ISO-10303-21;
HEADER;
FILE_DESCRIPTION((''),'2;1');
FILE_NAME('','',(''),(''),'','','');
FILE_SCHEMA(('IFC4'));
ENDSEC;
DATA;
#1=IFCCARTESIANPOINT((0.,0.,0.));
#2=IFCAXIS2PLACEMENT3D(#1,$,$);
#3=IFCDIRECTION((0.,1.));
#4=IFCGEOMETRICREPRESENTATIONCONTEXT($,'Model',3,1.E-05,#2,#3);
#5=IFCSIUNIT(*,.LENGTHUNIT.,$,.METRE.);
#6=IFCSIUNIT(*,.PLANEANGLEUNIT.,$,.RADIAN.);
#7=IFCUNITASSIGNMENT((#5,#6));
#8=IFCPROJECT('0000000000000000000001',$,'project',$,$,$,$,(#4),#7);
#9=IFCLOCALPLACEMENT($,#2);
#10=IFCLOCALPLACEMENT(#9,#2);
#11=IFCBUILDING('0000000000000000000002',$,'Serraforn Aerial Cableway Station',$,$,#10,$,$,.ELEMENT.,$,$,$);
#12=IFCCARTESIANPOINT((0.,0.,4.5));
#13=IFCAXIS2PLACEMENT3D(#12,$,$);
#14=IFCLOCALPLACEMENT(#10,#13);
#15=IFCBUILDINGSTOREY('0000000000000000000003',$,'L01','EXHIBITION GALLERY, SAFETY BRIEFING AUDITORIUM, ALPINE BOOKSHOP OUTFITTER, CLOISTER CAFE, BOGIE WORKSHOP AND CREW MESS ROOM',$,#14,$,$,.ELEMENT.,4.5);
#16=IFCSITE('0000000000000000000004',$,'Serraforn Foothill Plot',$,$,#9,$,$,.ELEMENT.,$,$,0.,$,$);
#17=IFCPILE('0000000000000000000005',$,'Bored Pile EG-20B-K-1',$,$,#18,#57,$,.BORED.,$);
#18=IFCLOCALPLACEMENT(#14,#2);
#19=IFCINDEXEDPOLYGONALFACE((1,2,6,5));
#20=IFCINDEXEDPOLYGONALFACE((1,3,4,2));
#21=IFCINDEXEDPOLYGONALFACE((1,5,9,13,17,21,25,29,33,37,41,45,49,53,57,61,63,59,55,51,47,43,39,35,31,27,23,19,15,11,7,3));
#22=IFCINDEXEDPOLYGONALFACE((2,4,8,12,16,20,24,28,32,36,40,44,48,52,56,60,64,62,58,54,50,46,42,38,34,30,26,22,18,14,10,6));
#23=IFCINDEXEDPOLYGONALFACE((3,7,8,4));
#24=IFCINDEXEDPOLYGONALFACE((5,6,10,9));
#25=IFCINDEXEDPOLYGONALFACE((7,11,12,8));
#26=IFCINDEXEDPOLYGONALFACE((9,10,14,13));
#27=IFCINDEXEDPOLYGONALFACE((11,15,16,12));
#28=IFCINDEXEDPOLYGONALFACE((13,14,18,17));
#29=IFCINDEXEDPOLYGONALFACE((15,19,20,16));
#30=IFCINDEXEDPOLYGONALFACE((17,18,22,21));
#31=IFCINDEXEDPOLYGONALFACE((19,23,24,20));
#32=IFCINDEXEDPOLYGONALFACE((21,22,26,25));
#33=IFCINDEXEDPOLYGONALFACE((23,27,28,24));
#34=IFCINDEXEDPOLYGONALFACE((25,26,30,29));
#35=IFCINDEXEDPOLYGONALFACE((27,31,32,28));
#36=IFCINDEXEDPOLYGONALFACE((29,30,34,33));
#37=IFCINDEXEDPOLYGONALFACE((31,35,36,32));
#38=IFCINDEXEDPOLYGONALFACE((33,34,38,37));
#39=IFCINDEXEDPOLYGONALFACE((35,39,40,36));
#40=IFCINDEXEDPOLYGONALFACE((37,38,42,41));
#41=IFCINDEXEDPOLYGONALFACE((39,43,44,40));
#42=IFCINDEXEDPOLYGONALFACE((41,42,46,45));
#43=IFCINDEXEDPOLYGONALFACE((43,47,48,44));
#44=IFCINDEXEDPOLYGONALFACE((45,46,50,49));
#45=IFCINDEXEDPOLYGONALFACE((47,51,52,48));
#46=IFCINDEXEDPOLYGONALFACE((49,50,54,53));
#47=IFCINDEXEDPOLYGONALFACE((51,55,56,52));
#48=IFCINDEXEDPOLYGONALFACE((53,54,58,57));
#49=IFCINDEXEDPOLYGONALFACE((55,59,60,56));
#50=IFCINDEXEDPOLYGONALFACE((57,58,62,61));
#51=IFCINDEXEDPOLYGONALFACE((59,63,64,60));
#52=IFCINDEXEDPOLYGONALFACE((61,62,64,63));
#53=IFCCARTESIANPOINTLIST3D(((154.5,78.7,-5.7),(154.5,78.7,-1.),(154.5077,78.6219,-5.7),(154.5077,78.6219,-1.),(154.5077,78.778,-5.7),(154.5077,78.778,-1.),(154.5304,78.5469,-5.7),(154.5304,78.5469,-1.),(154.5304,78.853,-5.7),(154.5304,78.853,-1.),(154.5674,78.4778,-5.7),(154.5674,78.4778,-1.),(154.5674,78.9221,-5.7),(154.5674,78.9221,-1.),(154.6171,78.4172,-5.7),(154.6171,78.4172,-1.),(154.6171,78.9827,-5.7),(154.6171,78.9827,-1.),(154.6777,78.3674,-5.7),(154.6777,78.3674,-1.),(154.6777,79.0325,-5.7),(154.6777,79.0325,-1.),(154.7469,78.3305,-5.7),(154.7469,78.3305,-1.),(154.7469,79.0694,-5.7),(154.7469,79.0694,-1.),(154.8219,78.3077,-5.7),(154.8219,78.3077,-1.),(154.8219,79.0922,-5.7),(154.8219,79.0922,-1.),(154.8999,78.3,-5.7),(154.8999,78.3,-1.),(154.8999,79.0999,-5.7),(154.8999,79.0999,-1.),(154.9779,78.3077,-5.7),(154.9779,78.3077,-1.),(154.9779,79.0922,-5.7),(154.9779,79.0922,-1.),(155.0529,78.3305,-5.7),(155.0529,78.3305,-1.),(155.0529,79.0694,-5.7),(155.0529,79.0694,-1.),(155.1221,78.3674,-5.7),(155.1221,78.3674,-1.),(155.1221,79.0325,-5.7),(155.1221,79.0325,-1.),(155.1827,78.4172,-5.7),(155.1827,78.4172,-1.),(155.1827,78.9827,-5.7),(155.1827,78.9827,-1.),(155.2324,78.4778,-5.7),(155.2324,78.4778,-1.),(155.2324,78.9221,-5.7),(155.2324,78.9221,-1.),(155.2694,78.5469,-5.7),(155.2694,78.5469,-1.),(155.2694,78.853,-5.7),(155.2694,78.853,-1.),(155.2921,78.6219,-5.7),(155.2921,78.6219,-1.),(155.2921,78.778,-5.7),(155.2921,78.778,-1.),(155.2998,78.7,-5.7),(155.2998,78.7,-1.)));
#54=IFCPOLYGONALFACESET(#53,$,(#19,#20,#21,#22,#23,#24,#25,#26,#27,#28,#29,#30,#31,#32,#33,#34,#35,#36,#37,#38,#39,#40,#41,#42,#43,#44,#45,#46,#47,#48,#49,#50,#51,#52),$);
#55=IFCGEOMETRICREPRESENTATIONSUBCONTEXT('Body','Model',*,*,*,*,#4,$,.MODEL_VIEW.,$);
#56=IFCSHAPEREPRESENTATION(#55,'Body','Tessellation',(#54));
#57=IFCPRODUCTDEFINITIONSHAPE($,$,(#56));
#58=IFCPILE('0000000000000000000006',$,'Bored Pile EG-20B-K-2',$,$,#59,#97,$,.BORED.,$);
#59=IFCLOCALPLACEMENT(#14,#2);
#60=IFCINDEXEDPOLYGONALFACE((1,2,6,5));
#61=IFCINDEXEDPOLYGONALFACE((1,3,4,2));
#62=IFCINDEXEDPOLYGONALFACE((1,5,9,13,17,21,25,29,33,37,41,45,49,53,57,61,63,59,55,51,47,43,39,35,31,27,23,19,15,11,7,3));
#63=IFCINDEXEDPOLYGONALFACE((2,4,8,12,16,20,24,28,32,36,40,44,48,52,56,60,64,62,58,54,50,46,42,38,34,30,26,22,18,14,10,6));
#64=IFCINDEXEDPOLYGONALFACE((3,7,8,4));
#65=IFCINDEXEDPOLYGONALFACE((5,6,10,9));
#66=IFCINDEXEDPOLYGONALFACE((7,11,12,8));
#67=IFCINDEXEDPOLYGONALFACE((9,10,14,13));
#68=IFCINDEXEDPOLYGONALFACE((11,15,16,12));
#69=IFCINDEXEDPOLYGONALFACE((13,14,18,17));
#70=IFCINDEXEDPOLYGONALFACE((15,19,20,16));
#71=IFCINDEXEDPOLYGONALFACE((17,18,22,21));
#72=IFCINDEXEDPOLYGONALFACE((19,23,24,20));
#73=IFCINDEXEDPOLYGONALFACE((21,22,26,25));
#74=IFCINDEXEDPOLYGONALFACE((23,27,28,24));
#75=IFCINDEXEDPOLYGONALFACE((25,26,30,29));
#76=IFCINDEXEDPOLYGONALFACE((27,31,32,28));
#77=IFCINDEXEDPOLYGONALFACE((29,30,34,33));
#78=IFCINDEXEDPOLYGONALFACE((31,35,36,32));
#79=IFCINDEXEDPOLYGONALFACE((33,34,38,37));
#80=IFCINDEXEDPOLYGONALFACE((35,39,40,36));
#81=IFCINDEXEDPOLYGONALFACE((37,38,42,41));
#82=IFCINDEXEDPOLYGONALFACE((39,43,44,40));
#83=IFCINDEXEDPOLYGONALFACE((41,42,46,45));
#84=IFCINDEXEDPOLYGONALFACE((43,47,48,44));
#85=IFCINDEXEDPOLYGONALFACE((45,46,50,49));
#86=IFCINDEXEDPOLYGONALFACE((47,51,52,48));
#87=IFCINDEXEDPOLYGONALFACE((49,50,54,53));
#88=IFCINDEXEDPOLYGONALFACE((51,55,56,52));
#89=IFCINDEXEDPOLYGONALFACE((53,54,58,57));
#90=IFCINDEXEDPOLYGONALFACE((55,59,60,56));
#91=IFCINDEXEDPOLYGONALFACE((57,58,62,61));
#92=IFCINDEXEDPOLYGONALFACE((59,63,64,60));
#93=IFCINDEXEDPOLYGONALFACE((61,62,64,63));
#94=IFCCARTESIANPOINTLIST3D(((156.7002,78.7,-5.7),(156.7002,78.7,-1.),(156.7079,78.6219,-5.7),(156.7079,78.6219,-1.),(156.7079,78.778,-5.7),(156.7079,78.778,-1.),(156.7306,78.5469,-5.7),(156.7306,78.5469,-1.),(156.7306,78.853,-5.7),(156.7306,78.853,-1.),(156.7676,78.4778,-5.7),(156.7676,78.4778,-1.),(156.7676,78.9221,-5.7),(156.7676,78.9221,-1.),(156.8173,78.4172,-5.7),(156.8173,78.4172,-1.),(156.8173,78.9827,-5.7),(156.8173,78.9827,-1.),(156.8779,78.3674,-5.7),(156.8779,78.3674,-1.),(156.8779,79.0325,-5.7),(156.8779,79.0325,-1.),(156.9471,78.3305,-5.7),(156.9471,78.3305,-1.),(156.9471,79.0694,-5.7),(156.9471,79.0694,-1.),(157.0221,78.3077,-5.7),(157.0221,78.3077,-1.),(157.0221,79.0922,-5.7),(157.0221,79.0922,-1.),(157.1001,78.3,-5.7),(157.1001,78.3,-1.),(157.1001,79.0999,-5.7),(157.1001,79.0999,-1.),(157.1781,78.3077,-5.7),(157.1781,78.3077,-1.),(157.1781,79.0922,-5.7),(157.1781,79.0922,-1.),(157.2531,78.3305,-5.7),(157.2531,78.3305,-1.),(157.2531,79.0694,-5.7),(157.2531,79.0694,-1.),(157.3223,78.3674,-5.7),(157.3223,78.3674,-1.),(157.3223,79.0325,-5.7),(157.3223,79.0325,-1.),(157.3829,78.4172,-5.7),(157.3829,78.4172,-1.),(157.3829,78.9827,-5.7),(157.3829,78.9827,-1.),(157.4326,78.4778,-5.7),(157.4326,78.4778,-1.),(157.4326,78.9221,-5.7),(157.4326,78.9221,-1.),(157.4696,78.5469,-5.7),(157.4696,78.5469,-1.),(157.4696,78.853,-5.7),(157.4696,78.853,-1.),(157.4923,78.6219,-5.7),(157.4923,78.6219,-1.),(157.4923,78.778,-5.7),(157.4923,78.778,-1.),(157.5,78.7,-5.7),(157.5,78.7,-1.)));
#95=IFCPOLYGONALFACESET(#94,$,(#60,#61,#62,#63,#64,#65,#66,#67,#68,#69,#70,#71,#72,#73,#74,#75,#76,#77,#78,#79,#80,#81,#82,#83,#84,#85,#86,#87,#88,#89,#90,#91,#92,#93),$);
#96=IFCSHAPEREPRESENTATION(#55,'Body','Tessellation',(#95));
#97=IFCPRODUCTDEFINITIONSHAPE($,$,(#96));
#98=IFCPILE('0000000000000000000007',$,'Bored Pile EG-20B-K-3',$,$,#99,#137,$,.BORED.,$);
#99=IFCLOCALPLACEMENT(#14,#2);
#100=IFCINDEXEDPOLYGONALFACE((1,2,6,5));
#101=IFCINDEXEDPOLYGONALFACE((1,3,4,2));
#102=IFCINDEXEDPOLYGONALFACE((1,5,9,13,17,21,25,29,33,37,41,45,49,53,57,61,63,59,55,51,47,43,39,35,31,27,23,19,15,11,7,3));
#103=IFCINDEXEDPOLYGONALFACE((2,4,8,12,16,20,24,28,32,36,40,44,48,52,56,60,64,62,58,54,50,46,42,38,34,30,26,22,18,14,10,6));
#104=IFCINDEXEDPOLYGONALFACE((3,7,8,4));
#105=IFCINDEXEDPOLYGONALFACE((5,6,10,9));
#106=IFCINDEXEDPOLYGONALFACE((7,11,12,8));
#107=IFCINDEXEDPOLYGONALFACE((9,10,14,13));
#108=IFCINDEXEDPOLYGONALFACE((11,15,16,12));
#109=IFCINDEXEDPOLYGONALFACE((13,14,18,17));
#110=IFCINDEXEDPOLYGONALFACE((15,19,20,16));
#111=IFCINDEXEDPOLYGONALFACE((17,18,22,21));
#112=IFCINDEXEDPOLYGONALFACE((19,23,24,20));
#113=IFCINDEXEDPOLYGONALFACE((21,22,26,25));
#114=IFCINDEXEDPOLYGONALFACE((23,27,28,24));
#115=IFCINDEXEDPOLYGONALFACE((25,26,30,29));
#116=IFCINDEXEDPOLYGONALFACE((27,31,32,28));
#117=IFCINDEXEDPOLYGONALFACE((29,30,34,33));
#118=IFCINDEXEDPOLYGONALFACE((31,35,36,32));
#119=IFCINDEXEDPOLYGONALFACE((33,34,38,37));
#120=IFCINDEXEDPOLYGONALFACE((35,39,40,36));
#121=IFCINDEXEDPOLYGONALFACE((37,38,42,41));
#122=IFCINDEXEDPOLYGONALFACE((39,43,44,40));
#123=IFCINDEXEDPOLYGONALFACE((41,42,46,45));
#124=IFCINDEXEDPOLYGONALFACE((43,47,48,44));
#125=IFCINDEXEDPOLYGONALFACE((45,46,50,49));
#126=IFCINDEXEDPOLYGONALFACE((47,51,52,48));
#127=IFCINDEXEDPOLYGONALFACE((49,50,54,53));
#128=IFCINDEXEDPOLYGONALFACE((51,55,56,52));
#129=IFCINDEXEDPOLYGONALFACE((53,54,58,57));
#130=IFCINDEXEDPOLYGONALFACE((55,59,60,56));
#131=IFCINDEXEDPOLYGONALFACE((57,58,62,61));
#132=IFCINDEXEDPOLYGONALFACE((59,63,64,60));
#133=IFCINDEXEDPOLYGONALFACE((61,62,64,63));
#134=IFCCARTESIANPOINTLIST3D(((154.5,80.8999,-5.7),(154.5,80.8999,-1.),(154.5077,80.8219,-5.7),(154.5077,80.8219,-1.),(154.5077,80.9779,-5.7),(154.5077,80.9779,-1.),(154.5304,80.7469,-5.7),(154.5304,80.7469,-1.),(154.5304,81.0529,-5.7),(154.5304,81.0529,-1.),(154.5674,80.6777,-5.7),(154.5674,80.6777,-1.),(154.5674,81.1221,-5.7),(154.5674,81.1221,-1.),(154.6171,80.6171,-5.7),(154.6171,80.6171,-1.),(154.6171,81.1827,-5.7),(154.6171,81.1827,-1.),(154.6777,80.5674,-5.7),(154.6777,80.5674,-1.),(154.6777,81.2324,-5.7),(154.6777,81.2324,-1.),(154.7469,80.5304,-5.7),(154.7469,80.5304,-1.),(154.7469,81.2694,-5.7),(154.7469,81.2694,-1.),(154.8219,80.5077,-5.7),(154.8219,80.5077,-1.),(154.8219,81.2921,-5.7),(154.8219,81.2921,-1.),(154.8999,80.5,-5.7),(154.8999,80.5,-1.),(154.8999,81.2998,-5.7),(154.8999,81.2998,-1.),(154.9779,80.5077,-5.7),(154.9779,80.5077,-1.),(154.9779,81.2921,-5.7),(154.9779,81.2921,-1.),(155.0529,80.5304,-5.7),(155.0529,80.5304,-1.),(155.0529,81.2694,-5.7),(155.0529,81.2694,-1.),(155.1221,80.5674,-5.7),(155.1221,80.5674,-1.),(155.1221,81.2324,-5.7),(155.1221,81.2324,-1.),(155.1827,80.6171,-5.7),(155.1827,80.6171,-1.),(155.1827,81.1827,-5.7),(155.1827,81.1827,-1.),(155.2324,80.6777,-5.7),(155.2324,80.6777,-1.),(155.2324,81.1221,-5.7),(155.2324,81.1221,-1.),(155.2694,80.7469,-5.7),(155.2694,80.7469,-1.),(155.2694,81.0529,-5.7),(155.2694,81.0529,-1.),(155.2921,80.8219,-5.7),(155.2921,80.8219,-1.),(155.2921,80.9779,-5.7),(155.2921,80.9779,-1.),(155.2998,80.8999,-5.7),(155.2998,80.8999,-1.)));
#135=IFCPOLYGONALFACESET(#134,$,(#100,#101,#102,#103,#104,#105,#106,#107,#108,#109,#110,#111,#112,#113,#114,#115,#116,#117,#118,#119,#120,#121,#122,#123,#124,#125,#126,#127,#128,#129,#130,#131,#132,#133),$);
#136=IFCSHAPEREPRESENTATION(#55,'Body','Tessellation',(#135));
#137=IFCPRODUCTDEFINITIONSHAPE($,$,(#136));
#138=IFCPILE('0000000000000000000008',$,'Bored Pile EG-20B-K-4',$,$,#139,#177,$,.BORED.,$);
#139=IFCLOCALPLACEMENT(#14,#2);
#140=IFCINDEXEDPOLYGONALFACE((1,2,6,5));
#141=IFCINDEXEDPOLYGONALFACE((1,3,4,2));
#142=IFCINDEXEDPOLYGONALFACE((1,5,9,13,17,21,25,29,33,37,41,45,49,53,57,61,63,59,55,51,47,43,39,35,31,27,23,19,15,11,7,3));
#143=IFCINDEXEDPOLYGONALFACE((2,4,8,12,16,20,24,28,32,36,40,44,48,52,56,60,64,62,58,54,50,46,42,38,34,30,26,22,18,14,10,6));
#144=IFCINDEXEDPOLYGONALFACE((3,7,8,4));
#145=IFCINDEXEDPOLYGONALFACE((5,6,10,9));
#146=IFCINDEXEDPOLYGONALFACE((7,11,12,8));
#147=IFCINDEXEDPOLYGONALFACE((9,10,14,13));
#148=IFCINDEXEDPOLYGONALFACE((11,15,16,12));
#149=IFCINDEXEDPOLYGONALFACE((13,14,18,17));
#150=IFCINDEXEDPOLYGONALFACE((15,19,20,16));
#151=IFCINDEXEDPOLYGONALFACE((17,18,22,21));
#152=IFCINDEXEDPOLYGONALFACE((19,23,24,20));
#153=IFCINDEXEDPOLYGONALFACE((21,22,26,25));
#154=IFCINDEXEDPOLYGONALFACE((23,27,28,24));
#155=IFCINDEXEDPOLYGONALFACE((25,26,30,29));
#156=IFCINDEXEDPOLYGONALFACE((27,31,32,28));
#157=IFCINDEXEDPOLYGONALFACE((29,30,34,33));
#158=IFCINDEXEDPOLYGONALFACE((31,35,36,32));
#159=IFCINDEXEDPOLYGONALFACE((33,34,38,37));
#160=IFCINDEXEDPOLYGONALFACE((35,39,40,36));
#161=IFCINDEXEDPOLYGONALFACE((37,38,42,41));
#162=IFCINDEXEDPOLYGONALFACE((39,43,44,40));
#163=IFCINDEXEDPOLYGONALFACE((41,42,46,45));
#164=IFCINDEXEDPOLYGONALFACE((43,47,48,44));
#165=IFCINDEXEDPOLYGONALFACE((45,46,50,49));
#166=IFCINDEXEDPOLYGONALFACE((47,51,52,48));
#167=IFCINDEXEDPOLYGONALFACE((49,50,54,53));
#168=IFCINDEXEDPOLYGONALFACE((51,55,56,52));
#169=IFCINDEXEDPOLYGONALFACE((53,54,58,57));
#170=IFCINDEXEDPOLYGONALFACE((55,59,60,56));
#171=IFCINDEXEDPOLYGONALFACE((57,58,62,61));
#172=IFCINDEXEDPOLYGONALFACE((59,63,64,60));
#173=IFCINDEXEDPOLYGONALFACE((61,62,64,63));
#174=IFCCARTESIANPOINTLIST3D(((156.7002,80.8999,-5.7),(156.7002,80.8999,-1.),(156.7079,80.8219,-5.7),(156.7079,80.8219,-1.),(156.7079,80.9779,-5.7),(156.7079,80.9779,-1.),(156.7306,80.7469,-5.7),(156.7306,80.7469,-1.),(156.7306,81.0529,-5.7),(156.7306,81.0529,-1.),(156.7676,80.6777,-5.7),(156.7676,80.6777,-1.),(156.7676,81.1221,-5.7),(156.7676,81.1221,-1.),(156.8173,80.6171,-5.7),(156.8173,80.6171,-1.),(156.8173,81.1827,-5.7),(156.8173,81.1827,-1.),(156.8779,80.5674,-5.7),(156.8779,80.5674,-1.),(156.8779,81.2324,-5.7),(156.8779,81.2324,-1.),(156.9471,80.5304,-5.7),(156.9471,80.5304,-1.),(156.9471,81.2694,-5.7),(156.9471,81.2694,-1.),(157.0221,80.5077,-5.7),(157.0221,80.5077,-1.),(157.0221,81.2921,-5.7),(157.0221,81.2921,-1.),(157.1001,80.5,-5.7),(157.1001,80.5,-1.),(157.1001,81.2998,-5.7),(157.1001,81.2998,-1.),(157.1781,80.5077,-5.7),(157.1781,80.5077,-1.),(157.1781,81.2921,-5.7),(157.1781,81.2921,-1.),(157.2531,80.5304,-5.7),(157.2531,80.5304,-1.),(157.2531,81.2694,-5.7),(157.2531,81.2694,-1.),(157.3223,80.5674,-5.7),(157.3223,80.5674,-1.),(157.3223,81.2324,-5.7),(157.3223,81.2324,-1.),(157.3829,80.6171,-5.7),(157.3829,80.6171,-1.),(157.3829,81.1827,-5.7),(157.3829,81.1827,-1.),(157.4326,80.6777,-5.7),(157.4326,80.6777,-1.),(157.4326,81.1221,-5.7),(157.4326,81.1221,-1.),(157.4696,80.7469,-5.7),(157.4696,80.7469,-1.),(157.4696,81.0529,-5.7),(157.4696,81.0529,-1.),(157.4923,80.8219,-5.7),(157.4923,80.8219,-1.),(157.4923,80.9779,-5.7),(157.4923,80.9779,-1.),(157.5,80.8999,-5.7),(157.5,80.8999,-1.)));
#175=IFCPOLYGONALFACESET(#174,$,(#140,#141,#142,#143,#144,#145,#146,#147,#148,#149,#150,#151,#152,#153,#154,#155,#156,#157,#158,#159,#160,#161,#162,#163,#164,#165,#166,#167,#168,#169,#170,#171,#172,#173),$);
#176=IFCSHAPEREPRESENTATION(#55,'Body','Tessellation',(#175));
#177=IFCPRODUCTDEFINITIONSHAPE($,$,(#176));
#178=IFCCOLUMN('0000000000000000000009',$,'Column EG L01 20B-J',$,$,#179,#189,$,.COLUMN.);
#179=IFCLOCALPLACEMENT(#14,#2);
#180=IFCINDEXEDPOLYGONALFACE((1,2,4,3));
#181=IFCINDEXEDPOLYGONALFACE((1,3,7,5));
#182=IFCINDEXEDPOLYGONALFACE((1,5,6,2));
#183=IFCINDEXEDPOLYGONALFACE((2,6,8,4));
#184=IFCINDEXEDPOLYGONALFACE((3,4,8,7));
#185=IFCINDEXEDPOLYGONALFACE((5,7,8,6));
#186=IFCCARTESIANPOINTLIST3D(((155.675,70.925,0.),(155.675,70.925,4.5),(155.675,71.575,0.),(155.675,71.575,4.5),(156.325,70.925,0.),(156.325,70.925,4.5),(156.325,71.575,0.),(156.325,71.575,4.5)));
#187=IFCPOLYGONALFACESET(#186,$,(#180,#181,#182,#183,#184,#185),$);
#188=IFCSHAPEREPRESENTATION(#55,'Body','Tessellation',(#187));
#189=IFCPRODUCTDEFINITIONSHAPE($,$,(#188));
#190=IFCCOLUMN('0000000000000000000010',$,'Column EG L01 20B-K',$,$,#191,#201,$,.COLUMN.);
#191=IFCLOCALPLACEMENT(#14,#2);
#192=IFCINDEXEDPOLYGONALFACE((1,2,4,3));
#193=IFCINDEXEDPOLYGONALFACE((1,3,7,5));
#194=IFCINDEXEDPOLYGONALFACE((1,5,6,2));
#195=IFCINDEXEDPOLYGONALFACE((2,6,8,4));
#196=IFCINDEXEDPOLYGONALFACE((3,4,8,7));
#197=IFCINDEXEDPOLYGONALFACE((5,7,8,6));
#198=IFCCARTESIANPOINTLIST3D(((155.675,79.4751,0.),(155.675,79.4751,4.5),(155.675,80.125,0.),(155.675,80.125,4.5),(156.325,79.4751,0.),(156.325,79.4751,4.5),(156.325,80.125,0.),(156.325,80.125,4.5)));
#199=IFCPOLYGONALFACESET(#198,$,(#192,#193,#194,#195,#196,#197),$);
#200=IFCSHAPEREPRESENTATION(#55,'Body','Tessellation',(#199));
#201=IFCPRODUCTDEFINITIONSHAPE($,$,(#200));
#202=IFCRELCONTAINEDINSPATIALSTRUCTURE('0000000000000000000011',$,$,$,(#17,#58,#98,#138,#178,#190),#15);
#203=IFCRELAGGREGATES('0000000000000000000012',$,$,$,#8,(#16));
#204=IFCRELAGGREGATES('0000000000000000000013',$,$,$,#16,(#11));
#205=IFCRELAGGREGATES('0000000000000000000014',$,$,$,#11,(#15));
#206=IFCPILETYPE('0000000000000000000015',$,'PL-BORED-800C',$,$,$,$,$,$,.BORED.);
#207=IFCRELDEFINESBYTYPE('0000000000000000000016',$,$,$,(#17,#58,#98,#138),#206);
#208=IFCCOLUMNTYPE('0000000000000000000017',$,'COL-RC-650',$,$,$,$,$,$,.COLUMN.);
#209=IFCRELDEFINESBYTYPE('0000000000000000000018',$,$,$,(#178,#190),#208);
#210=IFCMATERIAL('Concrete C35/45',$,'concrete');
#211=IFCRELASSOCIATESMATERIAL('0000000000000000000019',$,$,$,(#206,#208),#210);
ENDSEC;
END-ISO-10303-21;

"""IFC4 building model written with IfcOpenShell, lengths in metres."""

from ifc_helpers import new_model, si_unit, direction, frame, origin, origin_2d, place, context, subcontext, project, spatial, rectangle, circle, extrude, material, material_profile, profile_set, type_object, element, save


model = new_model("IFC4")

# Units and contexts
model_context = context("Model", 3, precision=1e-05, world=origin(), true_north=direction((0.0, 1.0)))
body_context = subcontext(model_context, "Body", "Model", "MODEL_VIEW")
ifc_project = project(units=[si_unit("LENGTHUNIT", "METRE"), si_unit("PLANEANGLEUNIT", "RADIAN")], contexts=[model_context])

# Site, building, storey
site_placement = place(None, origin())
site = spatial("IfcSite", under=ifc_project, at=site_placement, Name="Serraforn Foothill Plot", CompositionType="ELEMENT", RefElevation=0.0)
building_placement = place(site_placement, origin())
building = spatial("IfcBuilding", under=site, at=building_placement, Name="Serraforn Aerial Cableway Station", CompositionType="ELEMENT")
storey_placement = place(building_placement, frame((0.0, 0.0, 4.5)))
storey = spatial("IfcBuildingStorey", under=building, at=storey_placement, Name="L01", Description="EXHIBITION GALLERY, SAFETY BRIEFING AUDITORIUM, ALPINE BOOKSHOP OUTFITTER, CLOISTER CAFE, BOGIE WORKSHOP AND CREW MESS ROOM", CompositionType="ELEMENT", Elevation=4.5)

# Shared definitions
ifc_material_1 = material(Name="Concrete C35/45", Category="concrete")

# Piles
ifc_material_profile_1 = material_profile(ifc_material_1, circle(Radius=0.3999, at=origin_2d()), Name="BORED PILE D800")
ifc_profile_set_1 = profile_set([ifc_material_profile_1], Name="Concrete C35/45")
pile_type_1 = type_object("IfcPileType", Name="PL-BORED-800C", PredefinedType="BORED", material=ifc_profile_set_1)
for number, where, z_axis, x_axis, name in (
    (1, (154.8999, 78.7, -1.0), (0.0, 0.0, -1.0), (1.0, 0.0, 0.0), "Bored Pile EG-20B-K-1"),
    (2, (157.1001, 78.7, -1.0), (0.0, 0.0, -1.0), (1.0, 0.0, 0.0), "Bored Pile EG-20B-K-2"),
    (3, (154.8999, 80.8999, -1.0), (0.0, 0.0, -1.0), (1.0, 0.0, 0.0), "Bored Pile EG-20B-K-3"),
    (4, (157.1001, 80.8999, -1.0), (0.0, 0.0, -1.0), (1.0, 0.0, 0.0), "Bored Pile EG-20B-K-4"),
):
    element("IfcPile", number, at=place(storey_placement, frame(where, z_axis=z_axis, x_axis=x_axis)), inside=storey, type_object=pile_type_1, Name=name, PredefinedType="BORED", context=body_context, shape_type="SweptSolid", body=[
        extrude(circle(Radius=0.3999, at=origin_2d()), origin(), (0.0, 0.0, 1.0), 4.7),
    ])

# Columns
ifc_material_profile_2 = material_profile(ifc_material_1, rectangle(XDim=0.6499, YDim=0.6499, at=origin_2d()), Name="RC 650x650")
ifc_profile_set_2 = profile_set([ifc_material_profile_2], Name="Concrete C35/45")
column_type_1 = type_object("IfcColumnType", Name="COL-RC-650", PredefinedType="COLUMN", material=ifc_profile_set_2)
for number, where, z_axis, x_axis, name in (
    (5, (156.0, 71.25, 0.0), (0.0, 0.0, 1.0), (1.0, 0.0, 0.0), "Column EG L01 20B-J"),
    (6, (156.0, 79.8, 0.0), (0.0, 0.0, 1.0), (1.0, 0.0, 0.0), "Column EG L01 20B-K"),
):
    element("IfcColumn", number, at=place(storey_placement, frame(where, z_axis=z_axis, x_axis=x_axis)), inside=storey, type_object=column_type_1, Name=name, PredefinedType="COLUMN", context=body_context, shape_type="SweptSolid", body=[
        extrude(rectangle(XDim=0.6499, YDim=0.6499, at=origin_2d()), origin(), (0.0, 0.0, 1.0), 4.5),
    ])

save(model, "model.ifc")
